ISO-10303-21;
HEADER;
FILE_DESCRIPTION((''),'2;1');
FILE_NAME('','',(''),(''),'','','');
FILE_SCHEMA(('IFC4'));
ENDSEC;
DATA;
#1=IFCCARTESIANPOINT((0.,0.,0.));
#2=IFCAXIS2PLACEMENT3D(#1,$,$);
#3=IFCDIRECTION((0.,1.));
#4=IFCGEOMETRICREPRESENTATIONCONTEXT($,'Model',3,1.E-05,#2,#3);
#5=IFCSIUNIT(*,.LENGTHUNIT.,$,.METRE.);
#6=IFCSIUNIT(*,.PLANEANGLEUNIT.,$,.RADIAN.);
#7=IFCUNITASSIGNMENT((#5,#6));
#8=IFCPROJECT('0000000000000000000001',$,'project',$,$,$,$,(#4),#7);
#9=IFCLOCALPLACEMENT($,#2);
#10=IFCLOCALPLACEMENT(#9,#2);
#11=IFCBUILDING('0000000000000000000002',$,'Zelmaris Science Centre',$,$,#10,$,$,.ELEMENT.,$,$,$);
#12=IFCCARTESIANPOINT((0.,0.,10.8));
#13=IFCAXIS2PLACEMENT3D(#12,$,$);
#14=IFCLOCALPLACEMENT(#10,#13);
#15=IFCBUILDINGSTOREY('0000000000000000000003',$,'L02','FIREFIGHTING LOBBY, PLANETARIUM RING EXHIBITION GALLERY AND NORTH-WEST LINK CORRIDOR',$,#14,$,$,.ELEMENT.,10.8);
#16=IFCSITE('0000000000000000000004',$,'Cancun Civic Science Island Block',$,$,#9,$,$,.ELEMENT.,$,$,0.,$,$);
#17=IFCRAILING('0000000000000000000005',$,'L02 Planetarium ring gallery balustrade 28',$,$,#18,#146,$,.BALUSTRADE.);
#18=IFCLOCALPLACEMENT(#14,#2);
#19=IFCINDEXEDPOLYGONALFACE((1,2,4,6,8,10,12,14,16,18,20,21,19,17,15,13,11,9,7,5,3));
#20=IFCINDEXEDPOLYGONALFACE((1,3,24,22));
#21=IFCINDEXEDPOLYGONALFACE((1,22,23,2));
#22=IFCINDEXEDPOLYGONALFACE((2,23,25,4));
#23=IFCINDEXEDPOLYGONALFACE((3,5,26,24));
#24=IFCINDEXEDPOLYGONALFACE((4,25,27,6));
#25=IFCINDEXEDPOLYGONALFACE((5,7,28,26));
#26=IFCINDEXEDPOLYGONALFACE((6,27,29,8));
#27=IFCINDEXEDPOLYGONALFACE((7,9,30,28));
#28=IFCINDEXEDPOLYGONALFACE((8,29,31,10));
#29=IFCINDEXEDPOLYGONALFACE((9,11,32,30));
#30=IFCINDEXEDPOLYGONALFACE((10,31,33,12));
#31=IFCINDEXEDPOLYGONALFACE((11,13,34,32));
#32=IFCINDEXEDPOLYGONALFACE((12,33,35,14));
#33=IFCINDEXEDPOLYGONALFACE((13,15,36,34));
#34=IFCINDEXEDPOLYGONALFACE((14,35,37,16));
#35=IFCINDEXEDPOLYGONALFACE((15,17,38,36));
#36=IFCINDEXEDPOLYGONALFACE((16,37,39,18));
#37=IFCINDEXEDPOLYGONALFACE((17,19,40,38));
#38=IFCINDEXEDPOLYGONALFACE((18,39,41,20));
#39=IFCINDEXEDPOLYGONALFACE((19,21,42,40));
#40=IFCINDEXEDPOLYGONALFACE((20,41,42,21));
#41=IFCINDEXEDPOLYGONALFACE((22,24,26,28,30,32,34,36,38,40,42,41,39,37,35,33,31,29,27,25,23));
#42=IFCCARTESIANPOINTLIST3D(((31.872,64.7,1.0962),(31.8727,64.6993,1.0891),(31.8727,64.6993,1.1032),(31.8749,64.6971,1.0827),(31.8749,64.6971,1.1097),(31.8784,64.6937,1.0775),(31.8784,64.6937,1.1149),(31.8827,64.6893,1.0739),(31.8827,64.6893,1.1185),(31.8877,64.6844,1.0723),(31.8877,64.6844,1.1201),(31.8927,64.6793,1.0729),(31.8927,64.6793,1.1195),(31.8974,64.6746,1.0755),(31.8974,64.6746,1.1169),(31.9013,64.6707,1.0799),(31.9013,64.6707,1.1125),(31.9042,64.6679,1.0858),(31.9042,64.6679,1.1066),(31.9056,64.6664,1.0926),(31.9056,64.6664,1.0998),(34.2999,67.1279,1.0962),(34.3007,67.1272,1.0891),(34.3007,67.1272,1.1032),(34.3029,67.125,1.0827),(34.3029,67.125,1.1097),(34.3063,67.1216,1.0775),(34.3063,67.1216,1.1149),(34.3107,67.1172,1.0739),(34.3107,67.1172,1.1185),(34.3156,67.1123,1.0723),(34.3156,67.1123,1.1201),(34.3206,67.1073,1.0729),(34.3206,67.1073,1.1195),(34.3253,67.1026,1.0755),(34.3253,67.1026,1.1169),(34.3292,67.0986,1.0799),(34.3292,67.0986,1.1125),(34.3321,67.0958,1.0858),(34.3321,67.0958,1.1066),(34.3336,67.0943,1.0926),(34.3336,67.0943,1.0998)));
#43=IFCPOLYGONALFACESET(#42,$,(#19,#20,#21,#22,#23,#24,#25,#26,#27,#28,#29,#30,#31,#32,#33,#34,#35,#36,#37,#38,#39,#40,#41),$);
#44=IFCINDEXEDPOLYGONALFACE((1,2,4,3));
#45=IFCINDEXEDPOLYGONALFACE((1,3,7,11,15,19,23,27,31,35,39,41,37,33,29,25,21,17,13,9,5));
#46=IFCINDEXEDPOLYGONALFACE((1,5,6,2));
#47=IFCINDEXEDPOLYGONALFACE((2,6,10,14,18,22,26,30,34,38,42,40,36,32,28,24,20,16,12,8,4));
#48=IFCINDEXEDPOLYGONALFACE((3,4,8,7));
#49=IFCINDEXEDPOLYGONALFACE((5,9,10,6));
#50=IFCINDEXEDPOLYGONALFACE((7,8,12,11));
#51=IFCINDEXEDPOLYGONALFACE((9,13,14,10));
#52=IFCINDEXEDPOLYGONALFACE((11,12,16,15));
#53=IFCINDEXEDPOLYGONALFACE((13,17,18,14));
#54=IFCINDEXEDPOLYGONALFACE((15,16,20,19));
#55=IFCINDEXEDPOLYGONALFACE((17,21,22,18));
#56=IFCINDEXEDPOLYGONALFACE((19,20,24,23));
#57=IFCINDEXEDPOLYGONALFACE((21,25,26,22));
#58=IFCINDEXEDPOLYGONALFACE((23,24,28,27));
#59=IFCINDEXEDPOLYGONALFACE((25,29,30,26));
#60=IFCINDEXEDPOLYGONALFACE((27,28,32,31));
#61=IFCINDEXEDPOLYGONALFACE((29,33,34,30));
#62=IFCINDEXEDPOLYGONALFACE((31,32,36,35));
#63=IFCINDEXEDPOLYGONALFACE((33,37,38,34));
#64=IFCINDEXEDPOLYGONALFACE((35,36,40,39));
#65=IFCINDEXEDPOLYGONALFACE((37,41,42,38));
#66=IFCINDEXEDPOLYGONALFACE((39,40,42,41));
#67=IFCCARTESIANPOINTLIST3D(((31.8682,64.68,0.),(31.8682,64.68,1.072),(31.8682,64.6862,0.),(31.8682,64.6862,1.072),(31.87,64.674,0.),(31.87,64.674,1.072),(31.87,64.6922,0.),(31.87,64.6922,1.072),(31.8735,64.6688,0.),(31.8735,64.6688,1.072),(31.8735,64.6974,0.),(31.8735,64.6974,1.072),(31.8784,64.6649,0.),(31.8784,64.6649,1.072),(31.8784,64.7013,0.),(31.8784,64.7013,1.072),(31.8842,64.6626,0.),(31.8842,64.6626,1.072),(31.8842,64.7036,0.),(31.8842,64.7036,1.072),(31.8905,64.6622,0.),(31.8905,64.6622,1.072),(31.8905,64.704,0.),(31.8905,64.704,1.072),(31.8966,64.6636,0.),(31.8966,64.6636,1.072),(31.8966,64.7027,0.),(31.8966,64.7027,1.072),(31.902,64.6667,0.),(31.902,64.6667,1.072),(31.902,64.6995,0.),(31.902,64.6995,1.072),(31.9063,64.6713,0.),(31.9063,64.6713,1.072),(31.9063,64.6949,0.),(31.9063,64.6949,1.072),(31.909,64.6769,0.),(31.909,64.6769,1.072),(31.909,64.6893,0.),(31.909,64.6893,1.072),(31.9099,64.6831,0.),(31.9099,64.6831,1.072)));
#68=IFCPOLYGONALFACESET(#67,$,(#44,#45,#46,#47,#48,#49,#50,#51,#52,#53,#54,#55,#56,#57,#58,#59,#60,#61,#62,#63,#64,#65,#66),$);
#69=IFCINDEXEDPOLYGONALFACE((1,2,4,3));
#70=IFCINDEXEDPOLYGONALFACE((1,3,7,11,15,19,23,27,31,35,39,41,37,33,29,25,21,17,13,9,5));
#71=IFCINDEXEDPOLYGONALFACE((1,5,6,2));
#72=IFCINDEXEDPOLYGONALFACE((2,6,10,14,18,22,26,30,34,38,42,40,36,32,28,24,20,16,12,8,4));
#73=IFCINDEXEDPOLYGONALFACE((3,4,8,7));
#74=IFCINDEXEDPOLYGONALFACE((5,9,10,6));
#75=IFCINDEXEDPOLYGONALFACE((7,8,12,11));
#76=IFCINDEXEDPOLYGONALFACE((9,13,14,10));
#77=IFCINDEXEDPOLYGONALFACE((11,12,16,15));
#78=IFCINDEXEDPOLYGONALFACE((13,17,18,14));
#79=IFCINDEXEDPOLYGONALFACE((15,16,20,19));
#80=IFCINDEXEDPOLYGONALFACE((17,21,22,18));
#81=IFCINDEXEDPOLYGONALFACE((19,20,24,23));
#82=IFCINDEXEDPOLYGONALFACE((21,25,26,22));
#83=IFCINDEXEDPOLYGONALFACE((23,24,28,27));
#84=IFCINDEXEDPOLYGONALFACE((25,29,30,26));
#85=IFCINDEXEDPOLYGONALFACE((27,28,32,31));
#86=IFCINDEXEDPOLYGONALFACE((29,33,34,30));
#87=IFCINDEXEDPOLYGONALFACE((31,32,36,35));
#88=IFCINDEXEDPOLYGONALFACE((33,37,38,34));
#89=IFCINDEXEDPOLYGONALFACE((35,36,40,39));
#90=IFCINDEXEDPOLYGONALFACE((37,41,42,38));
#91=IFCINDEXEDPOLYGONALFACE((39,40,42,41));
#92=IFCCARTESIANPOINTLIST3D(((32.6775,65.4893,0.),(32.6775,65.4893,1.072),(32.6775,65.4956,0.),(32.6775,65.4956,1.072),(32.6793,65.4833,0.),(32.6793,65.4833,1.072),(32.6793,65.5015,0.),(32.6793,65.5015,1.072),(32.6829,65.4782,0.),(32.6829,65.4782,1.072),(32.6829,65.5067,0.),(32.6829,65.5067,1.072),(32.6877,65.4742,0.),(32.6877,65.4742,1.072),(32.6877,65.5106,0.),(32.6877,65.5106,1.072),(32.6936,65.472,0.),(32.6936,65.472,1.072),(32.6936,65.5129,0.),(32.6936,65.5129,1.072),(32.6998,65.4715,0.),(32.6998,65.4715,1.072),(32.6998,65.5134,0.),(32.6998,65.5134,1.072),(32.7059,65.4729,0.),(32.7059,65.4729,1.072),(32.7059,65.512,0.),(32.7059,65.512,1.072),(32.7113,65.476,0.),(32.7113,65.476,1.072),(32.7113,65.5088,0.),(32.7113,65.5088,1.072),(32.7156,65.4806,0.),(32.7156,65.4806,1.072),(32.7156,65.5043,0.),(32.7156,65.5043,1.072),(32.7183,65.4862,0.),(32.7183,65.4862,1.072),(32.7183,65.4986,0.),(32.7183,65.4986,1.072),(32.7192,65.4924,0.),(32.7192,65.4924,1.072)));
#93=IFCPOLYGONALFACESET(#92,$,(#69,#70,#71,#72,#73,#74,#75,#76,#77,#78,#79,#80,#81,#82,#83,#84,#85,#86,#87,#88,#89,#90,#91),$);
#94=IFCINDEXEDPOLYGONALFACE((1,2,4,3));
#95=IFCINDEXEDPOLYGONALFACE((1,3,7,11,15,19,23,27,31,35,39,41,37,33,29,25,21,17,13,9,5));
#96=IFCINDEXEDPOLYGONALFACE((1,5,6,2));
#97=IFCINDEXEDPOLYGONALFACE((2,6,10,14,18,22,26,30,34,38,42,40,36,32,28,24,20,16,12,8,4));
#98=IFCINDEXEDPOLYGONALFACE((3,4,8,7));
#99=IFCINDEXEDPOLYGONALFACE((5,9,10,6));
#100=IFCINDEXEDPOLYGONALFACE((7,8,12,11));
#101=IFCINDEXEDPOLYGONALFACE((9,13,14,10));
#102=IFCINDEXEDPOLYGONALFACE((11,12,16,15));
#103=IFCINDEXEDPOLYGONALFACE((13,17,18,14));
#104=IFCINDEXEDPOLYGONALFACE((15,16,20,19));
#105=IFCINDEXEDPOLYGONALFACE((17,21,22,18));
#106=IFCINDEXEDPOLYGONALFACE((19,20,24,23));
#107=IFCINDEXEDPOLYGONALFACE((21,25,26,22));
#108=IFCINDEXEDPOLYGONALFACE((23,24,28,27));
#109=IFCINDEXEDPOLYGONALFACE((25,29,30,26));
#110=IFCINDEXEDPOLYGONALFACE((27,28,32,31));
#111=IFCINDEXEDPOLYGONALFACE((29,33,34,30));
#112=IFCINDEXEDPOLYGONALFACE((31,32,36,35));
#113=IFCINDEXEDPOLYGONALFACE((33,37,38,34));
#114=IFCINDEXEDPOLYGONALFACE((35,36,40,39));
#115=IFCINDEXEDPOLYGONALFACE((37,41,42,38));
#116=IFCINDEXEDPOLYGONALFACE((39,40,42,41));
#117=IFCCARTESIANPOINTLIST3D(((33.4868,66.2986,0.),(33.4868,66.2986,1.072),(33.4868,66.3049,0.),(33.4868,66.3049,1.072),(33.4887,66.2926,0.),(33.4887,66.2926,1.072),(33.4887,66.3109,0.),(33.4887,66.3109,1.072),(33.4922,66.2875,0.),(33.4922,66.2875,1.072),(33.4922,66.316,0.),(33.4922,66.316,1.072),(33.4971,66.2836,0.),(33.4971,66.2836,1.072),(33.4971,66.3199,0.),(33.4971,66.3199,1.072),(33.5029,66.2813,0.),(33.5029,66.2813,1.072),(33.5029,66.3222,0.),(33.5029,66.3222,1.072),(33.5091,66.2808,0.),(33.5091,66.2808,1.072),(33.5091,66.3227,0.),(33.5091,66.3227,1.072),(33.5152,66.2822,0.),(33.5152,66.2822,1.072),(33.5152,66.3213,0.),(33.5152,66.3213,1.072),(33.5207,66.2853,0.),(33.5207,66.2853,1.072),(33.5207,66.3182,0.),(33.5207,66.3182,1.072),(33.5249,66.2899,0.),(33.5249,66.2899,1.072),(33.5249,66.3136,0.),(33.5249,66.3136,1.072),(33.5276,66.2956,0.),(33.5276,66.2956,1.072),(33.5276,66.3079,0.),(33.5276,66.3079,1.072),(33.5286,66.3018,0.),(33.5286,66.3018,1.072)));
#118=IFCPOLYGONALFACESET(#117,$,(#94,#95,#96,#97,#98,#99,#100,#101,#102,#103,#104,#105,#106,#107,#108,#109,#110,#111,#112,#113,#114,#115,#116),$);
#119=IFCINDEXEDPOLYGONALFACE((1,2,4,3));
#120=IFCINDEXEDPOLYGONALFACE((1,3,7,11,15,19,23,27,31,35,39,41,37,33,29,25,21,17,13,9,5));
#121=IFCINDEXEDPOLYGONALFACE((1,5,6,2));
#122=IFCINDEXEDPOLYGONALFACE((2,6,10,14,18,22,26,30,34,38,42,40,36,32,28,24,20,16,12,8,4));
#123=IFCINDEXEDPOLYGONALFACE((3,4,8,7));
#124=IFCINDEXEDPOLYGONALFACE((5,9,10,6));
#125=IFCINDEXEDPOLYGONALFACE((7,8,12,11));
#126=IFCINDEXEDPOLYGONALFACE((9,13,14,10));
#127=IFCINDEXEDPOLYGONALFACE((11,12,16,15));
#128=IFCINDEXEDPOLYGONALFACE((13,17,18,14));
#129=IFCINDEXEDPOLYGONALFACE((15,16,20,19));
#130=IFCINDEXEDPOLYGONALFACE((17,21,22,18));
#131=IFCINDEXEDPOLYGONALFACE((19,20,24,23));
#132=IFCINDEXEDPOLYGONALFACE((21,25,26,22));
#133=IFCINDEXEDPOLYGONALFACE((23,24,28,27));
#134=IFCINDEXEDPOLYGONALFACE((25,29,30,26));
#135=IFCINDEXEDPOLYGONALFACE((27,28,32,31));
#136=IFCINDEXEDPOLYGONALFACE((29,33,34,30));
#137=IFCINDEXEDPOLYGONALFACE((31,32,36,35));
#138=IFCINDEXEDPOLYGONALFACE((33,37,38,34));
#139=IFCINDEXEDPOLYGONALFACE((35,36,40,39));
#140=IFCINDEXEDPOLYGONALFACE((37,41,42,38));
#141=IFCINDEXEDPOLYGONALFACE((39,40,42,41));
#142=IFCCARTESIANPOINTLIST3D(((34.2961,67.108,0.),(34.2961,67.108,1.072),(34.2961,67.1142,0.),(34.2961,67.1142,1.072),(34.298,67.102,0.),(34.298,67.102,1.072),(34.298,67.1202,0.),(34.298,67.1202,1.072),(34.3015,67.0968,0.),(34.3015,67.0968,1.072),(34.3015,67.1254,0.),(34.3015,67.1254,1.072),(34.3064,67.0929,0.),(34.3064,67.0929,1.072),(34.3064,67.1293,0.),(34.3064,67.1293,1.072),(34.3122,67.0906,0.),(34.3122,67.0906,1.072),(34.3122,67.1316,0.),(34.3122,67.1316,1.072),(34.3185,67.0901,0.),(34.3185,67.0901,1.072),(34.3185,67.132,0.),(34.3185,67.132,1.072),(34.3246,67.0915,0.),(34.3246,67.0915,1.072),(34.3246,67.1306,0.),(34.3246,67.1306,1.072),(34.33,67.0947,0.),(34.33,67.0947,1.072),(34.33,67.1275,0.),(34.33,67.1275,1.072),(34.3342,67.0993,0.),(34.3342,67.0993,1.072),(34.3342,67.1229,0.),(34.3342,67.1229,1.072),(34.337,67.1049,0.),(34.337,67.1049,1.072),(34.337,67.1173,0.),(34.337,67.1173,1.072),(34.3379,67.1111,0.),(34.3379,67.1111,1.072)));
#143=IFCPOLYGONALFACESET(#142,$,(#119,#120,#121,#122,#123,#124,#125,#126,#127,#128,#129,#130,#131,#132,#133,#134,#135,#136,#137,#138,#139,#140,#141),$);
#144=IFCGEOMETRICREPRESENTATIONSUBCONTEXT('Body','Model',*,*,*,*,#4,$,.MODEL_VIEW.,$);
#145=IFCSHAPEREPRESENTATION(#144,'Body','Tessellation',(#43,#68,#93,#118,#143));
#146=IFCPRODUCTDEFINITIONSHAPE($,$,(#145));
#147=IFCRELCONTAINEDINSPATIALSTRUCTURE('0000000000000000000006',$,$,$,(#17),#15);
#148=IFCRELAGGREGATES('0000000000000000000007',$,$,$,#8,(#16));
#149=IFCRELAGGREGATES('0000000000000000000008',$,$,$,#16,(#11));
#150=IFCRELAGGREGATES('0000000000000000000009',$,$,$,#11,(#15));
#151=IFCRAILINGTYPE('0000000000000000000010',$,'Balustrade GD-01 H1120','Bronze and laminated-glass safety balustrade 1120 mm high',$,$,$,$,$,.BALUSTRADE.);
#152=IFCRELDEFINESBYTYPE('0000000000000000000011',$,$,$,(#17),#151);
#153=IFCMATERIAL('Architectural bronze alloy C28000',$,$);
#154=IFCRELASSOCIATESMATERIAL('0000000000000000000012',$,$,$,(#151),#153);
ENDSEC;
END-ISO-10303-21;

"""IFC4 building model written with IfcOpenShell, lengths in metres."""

from ifc_helpers import new_model, si_unit, direction, frame, origin, origin_2d, place, context, subcontext, project, spatial, circle, extrude, material, type_object, element, save


model = new_model("IFC4")

# Units and contexts
model_context = context("Model", 3, precision=1e-05, world=origin(), true_north=direction((0.0, 1.0)))
body_context = subcontext(model_context, "Body", "Model", "MODEL_VIEW")
ifc_project = project(units=[si_unit("LENGTHUNIT", "METRE"), si_unit("PLANEANGLEUNIT", "RADIAN")], contexts=[model_context])

# Site, building, storey
site_placement = place(None, origin())
site = spatial("IfcSite", under=ifc_project, at=site_placement, Name="Cancun Civic Science Island Block", CompositionType="ELEMENT", RefElevation=0.0)
building_placement = place(site_placement, origin())
building = spatial("IfcBuilding", under=site, at=building_placement, Name="Zelmaris Science Centre", CompositionType="ELEMENT")
storey_placement = place(building_placement, frame((0.0, 0.0, 10.8)))
storey = spatial("IfcBuildingStorey", under=building, at=storey_placement, Name="L02", Description="FIREFIGHTING LOBBY, PLANETARIUM RING EXHIBITION GALLERY AND NORTH-WEST LINK CORRIDOR", CompositionType="ELEMENT", Elevation=10.8)

# Railing
ifc_material_1 = material(Name="Architectural bronze alloy C28000")
railing_type = type_object("IfcRailingType", Name="Balustrade GD-01 H1120", Description="Bronze and laminated-glass safety balustrade 1120 mm high", PredefinedType="BALUSTRADE", material=ifc_material_1)
railing_1_placement = place(storey_placement, frame((31.8889, 64.6831, 0.0)))
element("IfcRailing", 1, at=railing_1_placement, inside=storey, type_object=railing_type, Name="L02 Planetarium ring gallery balustrade 28", PredefinedType="BALUSTRADE", context=body_context, shape_type="SweptSolid", body=[
    extrude(circle(Radius=0.0239, at=origin_2d()), frame((0.0, 0.0, 1.0962), z_axis=(0.707107, 0.707107, 0.0), x_axis=(-0.707107, 0.707107, 0.0)), (0.0, 0.0, 1.0), 3.4336),
    extrude(circle(Radius=0.021, at=origin_2d()), origin(), (0.0, 0.0, 1.0), 1.072),
    extrude(circle(Radius=0.021, at=origin_2d()), frame((0.8093, 0.8093, 0.0)), (0.0, 0.0, 1.0), 1.072),
    extrude(circle(Radius=0.021, at=origin_2d()), frame((1.6187, 1.6187, 0.0)), (0.0, 0.0, 1.0), 1.072),
    extrude(circle(Radius=0.021, at=origin_2d()), frame((2.428, 2.428, 0.0)), (0.0, 0.0, 1.0), 1.072),
])

save(model, "model.ifc")
